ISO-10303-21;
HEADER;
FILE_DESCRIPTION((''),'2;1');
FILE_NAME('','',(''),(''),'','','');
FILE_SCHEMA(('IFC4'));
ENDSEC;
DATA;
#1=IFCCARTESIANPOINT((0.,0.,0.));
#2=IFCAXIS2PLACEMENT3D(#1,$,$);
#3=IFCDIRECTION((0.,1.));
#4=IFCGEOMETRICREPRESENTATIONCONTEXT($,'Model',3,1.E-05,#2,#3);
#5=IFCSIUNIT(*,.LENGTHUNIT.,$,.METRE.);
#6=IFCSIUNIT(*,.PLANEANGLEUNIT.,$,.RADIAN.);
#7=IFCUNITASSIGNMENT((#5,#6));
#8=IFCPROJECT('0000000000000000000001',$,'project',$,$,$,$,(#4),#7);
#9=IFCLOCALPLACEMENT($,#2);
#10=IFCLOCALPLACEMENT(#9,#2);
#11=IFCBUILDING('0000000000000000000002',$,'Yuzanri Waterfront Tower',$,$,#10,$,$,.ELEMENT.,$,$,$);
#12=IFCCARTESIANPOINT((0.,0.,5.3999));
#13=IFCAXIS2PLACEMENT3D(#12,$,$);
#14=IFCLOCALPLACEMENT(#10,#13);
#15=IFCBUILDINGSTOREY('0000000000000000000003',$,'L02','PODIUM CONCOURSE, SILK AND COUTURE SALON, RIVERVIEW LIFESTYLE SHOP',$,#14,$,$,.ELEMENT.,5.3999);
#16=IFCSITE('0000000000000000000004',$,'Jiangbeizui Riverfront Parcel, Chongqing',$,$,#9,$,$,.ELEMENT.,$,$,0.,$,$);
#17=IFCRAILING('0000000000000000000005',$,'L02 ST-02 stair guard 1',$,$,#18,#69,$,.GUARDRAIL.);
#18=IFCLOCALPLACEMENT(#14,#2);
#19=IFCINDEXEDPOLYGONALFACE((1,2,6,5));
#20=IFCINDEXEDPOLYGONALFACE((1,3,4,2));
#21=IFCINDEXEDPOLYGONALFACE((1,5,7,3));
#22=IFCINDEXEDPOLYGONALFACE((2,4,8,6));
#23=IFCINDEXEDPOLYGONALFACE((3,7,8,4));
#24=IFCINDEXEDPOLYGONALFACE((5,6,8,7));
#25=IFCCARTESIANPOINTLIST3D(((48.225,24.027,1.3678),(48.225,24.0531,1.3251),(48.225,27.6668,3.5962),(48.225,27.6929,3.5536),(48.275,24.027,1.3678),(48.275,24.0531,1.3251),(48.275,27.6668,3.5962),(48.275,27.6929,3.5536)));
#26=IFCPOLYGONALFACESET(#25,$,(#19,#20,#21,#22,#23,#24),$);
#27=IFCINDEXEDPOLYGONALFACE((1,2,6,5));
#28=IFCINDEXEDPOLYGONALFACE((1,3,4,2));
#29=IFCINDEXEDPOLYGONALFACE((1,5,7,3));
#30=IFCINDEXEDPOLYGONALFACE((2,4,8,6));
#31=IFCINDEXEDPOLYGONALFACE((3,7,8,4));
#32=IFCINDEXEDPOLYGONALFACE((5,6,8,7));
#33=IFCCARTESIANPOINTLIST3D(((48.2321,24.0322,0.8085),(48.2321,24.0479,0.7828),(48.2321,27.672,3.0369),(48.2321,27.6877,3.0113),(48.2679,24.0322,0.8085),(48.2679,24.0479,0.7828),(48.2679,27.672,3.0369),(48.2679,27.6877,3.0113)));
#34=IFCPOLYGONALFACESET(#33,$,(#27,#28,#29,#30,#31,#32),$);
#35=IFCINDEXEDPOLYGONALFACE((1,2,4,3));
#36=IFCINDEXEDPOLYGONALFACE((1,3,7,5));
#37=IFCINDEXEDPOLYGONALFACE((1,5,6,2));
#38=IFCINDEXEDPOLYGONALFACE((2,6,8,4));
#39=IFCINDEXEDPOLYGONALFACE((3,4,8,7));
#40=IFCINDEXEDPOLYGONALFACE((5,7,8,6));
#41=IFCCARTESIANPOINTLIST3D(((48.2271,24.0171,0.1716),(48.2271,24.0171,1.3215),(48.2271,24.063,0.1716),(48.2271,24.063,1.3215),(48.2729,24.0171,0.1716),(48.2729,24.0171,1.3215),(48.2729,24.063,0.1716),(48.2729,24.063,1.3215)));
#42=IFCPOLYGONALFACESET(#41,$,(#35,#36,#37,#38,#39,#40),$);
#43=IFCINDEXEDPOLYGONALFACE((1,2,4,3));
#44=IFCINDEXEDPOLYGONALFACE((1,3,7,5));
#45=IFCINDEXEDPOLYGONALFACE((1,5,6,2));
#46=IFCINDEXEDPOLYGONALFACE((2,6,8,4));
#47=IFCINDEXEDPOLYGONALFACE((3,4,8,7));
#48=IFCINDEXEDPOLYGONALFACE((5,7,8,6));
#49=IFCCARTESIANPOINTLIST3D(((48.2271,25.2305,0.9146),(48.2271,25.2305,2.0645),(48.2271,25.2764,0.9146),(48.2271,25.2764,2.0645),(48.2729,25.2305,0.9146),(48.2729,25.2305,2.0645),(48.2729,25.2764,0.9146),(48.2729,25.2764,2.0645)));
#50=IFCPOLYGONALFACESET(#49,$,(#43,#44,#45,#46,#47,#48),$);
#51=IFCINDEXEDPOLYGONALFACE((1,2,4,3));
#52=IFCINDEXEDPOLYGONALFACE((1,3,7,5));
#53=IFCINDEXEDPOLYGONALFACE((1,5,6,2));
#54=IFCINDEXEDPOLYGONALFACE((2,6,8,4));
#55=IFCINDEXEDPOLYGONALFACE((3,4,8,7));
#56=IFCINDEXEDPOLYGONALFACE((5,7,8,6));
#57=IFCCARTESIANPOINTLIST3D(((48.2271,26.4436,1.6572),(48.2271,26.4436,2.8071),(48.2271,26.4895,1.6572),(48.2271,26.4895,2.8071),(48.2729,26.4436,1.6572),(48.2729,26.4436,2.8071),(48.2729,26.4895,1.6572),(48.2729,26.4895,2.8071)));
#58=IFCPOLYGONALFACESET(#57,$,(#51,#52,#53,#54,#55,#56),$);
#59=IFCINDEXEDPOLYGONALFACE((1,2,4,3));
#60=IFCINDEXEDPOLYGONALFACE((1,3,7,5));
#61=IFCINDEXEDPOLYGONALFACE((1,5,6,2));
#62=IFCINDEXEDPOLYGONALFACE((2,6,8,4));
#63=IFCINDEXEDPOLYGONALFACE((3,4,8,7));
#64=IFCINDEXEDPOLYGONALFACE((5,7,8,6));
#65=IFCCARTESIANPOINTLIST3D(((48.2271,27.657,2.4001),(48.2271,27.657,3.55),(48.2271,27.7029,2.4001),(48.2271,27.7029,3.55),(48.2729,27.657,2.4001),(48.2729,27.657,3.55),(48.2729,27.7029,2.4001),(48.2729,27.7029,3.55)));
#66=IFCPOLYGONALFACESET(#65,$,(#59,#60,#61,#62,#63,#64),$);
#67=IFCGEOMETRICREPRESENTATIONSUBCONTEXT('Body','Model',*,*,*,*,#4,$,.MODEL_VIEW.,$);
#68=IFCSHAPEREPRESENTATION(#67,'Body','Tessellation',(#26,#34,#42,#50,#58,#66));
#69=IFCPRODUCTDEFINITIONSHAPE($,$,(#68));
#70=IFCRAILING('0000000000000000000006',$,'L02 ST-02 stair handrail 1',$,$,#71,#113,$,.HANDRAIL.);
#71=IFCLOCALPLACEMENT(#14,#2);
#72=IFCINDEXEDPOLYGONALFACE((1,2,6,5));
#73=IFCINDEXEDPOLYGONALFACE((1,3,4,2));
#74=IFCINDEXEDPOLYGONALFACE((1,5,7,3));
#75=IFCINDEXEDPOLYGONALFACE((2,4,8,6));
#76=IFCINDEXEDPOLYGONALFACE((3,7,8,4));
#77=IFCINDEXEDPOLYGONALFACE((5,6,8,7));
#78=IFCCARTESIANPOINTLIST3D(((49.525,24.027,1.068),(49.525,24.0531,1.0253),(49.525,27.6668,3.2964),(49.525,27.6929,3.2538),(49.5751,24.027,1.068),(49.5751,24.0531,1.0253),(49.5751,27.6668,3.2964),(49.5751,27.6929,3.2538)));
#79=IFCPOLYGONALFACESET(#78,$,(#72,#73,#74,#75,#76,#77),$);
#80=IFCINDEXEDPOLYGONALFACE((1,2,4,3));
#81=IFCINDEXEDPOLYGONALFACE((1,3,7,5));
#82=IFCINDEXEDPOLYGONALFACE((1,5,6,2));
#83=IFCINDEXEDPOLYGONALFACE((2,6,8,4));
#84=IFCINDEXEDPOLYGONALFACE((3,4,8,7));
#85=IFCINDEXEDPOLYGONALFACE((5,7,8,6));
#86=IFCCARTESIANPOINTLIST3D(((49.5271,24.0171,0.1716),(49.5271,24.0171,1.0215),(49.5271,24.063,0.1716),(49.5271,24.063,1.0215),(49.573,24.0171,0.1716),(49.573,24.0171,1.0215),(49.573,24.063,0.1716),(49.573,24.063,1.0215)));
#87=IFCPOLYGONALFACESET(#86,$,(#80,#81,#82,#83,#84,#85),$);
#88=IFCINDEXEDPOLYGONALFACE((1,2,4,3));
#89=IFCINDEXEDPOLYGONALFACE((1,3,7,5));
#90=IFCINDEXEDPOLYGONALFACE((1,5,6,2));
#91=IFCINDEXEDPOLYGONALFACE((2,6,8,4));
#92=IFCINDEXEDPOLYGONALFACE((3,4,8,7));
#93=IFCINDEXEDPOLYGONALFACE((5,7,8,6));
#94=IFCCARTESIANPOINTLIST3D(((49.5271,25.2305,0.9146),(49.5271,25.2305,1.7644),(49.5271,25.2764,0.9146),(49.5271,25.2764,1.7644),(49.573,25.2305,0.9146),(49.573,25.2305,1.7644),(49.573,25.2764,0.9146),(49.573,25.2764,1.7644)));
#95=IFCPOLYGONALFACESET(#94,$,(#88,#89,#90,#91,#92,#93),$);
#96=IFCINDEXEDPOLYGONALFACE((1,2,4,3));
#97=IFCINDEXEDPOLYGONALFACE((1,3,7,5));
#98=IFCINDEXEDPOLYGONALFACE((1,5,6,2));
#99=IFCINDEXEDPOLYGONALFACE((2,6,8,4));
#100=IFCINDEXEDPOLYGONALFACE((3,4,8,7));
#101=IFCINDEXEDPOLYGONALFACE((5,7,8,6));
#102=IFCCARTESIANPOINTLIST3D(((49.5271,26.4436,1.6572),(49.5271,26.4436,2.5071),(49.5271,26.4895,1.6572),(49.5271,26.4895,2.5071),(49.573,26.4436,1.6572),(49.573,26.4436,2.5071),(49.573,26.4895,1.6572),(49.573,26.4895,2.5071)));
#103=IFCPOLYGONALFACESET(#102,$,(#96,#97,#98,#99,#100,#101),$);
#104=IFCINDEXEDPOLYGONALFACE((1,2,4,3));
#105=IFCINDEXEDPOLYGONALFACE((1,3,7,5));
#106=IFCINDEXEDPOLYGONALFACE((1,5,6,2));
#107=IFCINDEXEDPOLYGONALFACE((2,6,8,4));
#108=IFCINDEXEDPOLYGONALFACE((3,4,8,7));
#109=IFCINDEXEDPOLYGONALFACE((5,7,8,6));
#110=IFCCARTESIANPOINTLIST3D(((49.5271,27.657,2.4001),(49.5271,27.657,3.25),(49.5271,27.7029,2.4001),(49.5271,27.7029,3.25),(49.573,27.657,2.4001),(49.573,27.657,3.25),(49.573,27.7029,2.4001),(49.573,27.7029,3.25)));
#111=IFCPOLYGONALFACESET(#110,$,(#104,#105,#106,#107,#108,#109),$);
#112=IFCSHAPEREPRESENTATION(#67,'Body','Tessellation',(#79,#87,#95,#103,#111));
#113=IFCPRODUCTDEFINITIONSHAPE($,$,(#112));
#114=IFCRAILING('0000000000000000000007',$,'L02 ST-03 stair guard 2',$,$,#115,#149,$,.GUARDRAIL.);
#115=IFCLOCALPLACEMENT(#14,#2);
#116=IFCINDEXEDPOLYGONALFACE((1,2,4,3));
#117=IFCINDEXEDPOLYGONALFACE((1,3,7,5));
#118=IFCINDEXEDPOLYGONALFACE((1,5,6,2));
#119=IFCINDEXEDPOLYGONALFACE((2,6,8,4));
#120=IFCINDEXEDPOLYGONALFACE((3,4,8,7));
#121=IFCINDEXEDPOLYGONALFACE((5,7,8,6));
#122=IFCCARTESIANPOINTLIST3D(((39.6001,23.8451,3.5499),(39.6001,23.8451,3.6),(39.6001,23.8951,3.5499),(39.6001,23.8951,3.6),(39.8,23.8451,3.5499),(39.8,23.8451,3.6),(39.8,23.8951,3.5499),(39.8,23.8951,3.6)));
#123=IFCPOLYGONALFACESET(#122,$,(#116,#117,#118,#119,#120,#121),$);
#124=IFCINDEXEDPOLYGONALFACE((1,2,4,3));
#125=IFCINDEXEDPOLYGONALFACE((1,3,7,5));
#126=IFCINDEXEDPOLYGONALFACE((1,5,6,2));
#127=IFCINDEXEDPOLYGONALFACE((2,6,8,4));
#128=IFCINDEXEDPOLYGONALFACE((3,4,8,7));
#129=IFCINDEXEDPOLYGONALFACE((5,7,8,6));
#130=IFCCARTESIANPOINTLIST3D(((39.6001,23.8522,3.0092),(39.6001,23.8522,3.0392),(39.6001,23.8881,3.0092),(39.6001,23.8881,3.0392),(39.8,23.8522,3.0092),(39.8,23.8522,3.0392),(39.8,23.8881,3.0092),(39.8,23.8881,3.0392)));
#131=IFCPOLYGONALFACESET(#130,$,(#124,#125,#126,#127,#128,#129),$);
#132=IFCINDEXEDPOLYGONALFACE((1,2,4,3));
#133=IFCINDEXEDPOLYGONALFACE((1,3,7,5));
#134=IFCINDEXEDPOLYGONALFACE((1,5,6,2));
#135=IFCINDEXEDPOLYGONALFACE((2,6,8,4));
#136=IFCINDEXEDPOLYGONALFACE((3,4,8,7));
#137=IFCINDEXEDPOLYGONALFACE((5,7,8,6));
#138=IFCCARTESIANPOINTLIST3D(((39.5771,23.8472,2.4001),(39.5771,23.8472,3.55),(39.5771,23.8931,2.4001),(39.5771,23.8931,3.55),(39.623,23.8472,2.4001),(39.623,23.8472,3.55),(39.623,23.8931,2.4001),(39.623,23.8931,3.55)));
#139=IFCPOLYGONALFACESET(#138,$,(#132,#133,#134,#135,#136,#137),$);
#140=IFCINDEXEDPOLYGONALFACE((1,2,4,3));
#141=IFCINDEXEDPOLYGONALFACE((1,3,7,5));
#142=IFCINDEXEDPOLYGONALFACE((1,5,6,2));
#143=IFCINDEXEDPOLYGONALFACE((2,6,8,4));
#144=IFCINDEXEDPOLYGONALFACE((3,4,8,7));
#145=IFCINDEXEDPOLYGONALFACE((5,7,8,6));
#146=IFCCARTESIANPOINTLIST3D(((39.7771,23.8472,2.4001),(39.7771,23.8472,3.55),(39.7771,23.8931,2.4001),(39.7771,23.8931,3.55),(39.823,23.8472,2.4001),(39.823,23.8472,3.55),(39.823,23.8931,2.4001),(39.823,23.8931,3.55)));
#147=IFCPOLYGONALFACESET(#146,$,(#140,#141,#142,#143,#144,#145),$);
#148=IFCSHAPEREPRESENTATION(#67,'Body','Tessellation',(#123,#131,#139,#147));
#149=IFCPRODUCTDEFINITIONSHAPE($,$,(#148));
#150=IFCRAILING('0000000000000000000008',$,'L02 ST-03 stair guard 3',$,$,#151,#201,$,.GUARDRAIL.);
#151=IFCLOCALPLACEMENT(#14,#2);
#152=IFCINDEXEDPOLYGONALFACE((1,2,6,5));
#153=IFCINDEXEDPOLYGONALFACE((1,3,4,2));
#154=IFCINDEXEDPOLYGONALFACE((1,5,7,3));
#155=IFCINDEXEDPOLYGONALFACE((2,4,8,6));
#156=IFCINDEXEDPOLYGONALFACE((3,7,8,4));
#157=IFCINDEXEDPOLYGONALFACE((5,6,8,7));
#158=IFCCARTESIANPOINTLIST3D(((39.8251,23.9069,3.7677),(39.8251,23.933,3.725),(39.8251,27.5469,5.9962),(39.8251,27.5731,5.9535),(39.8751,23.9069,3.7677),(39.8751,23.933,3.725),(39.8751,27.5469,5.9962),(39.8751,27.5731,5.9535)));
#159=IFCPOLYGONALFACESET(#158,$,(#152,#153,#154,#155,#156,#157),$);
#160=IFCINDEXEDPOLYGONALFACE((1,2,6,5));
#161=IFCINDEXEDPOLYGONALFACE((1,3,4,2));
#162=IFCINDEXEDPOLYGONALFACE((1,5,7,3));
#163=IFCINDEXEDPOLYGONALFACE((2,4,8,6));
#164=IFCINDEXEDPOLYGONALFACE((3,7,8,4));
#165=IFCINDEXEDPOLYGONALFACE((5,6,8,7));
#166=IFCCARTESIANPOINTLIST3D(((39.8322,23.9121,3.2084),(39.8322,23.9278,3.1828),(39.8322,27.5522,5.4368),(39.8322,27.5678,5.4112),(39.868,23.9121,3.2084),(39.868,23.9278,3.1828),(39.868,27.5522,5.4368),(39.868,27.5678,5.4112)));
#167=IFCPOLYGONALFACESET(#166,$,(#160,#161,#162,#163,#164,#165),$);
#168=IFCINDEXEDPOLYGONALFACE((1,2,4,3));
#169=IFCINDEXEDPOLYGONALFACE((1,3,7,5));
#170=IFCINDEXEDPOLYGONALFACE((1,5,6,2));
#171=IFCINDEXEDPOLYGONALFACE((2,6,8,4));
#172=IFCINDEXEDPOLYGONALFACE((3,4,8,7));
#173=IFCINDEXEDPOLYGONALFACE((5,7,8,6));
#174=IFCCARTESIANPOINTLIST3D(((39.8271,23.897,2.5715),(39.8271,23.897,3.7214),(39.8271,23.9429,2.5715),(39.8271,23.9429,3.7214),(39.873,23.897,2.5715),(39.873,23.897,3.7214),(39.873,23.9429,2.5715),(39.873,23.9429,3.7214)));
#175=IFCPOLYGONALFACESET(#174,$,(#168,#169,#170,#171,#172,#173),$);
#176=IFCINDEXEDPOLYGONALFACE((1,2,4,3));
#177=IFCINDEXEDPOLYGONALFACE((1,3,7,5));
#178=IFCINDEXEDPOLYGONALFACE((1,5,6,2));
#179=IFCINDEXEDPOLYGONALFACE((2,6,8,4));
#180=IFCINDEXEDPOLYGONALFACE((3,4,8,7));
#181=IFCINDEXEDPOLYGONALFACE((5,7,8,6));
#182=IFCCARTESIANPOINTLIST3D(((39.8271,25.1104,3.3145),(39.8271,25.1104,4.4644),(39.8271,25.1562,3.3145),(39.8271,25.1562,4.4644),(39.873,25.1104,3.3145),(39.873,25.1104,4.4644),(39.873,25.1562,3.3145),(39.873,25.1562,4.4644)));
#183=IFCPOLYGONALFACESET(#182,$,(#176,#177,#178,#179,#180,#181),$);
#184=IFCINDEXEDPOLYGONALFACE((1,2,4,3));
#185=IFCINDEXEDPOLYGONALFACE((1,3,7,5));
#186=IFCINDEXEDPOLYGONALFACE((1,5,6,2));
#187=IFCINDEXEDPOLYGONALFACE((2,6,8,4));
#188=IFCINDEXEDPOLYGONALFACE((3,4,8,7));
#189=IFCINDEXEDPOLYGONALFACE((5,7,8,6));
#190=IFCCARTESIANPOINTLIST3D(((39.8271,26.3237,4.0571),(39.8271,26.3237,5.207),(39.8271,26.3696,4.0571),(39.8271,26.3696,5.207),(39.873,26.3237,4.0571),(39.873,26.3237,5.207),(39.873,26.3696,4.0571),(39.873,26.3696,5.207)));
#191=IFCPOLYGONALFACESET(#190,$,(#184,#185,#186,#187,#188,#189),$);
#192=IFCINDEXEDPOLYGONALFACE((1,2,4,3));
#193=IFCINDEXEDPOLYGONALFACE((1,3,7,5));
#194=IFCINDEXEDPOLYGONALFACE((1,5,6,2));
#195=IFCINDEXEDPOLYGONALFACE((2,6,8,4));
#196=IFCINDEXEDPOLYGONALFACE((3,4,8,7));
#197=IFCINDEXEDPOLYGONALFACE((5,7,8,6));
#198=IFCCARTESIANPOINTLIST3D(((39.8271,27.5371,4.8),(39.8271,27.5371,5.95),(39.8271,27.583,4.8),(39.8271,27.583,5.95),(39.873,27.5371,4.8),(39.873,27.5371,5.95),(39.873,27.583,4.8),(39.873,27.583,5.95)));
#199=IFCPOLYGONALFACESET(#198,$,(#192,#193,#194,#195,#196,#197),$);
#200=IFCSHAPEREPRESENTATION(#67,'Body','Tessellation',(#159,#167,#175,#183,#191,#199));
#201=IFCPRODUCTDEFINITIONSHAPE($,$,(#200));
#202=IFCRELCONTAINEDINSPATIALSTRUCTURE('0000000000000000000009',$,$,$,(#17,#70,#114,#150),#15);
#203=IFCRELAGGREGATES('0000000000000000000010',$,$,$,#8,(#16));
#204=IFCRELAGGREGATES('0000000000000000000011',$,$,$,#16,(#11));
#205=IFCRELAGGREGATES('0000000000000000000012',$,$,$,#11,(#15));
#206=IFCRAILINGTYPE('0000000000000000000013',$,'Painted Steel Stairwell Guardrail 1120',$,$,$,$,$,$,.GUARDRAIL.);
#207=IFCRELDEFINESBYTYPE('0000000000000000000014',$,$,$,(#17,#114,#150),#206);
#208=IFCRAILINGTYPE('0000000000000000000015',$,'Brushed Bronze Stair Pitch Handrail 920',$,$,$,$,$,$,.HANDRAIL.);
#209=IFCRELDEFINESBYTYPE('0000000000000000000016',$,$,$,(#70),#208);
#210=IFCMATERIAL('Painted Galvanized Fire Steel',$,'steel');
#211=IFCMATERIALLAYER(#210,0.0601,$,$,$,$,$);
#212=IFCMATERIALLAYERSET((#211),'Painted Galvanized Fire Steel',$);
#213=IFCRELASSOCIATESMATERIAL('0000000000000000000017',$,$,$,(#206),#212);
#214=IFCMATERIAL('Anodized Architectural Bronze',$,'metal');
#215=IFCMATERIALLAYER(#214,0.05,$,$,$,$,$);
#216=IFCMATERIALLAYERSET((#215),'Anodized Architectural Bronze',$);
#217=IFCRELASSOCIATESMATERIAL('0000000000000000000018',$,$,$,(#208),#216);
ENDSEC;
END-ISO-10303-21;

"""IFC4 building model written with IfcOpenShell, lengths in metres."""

from ifc_helpers import new_model, si_unit, direction, frame, origin, origin_2d, place, context, subcontext, project, spatial, rectangle, extrude, source, transform, mapped, material, layer, layer_set, type_object, element, save


model = new_model("IFC4")

# Units and contexts
model_context = context("Model", 3, precision=1e-05, world=origin(), true_north=direction((0.0, 1.0)))
body_context = subcontext(model_context, "Body", "Model", "MODEL_VIEW")
ifc_project = project(units=[si_unit("LENGTHUNIT", "METRE"), si_unit("PLANEANGLEUNIT", "RADIAN")], contexts=[model_context])

# Site, building, storey
site_placement = place(None, origin())
site = spatial("IfcSite", under=ifc_project, at=site_placement, Name="Jiangbeizui Riverfront Parcel, Chongqing", CompositionType="ELEMENT", RefElevation=0.0)
building_placement = place(site_placement, origin())
building = spatial("IfcBuilding", under=site, at=building_placement, Name="Yuzanri Waterfront Tower", CompositionType="ELEMENT")
storey_placement = place(building_placement, frame((0.0, 0.0, 5.3999)))
storey = spatial("IfcBuildingStorey", under=building, at=storey_placement, Name="L02", Description="PODIUM CONCOURSE, SILK AND COUTURE SALON, RIVERVIEW LIFESTYLE SHOP", CompositionType="ELEMENT", Elevation=5.3999)

# Railings
ifc_material_1 = material(Name="Painted Galvanized Fire Steel", Category="steel")
ifc_layer_1 = layer(ifc_material_1, 0.0601)
ifc_layer_set_1 = layer_set([ifc_layer_1], Name="Painted Galvanized Fire Steel")
railing_type_1 = type_object("IfcRailingType", Name="Painted Steel Stairwell Guardrail 1120", PredefinedType="GUARDRAIL", material=ifc_layer_set_1)
shared_shape_1 = source(origin(), body_context, "Body", "SweptSolid", [
    extrude(rectangle(XDim=0.05, YDim=0.05, at=origin_2d()), frame((0.0, 0.0, 1.1748), z_axis=(0.0, 0.85285, 0.522156), x_axis=(-1.0, 0.0, 0.0)), (0.0, 0.0, 1.0), 4.2678),
    extrude(rectangle(XDim=0.0359, YDim=0.03, at=origin_2d()), frame((0.0, 0.0, 0.624), z_axis=(0.0, 0.85285, 0.522156), x_axis=(-1.0, 0.0, 0.0)), (0.0, 0.0, 1.0), 4.2678),
    extrude(rectangle(XDim=0.0459, YDim=0.0459, at=origin_2d()), origin(), (0.0, 0.0, 1.0), 1.1499),
    extrude(rectangle(XDim=0.0459, YDim=0.0459, at=origin_2d()), frame((0.0, 1.2134, 0.7429)), (0.0, 0.0, 1.0), 1.1499),
    extrude(rectangle(XDim=0.0459, YDim=0.0459, at=origin_2d()), frame((0.0, 2.4265, 1.4856)), (0.0, 0.0, 1.0), 1.1499),
    extrude(rectangle(XDim=0.0459, YDim=0.0459, at=origin_2d()), frame((0.0, 3.6399, 2.2285)), (0.0, 0.0, 1.0), 1.1499),
])
railing_1_placement = place(storey_placement, frame((48.25, 24.04, 0.1716)))
element("IfcRailing", 1, at=railing_1_placement, inside=storey, type_object=railing_type_1, Name="L02 ST-02 stair guard 1", PredefinedType="GUARDRAIL", context=body_context, shape_type="MappedRepresentation", body=[
    mapped(shared_shape_1, transform((0.0, 0.0, 0.0), scale=1.0)),
])
ifc_material_2 = material(Name="Anodized Architectural Bronze", Category="metal")
ifc_layer_2 = layer(ifc_material_2, 0.05)
ifc_layer_set_2 = layer_set([ifc_layer_2], Name="Anodized Architectural Bronze")
railing_type_2 = type_object("IfcRailingType", Name="Brushed Bronze Stair Pitch Handrail 920", PredefinedType="HANDRAIL", material=ifc_layer_set_2)
shared_shape_2 = source(origin(), body_context, "Body", "SweptSolid", [
    extrude(rectangle(XDim=0.05, YDim=0.05, at=origin_2d()), frame((0.0, 0.0, 0.875), z_axis=(0.0, 0.85285, 0.522156), x_axis=(-1.0, 0.0, 0.0)), (0.0, 0.0, 1.0), 4.2678),
    extrude(rectangle(XDim=0.0459, YDim=0.0459, at=origin_2d()), origin(), (0.0, 0.0, 1.0), 0.8499),
    extrude(rectangle(XDim=0.0459, YDim=0.0459, at=origin_2d()), frame((0.0, 1.2134, 0.7429)), (0.0, 0.0, 1.0), 0.8499),
    extrude(rectangle(XDim=0.0459, YDim=0.0459, at=origin_2d()), frame((0.0, 2.4265, 1.4856)), (0.0, 0.0, 1.0), 0.8499),
    extrude(rectangle(XDim=0.0459, YDim=0.0459, at=origin_2d()), frame((0.0, 3.6399, 2.2285)), (0.0, 0.0, 1.0), 0.8499),
])
railing_2_placement = place(storey_placement, frame((49.55, 24.04, 0.1716)))
element("IfcRailing", 2, at=railing_2_placement, inside=storey, type_object=railing_type_2, Name="L02 ST-02 stair handrail 1", PredefinedType="HANDRAIL", context=body_context, shape_type="MappedRepresentation", body=[
    mapped(shared_shape_2, transform((0.0, 0.0, 0.0), scale=1.0)),
])
shared_shape_3 = source(origin(), body_context, "Body", "SweptSolid", [
    extrude(rectangle(XDim=0.05, YDim=0.05, at=origin_2d()), frame((0.0, 0.0, 1.1748), z_axis=(1.0, 0.0, 0.0), x_axis=(0.0, 1.0, 0.0)), (0.0, 0.0, 1.0), 0.2),
    extrude(rectangle(XDim=0.0359, YDim=0.03, at=origin_2d()), frame((0.0, 0.0, 0.624), z_axis=(1.0, 0.0, 0.0), x_axis=(0.0, 1.0, 0.0)), (0.0, 0.0, 1.0), 0.2),
    extrude(rectangle(XDim=0.0459, YDim=0.0459, at=origin_2d()), origin(), (0.0, 0.0, 1.0), 1.1499),
    extrude(rectangle(XDim=0.0459, YDim=0.0459, at=origin_2d()), frame((0.2, 0.0, 0.0)), (0.0, 0.0, 1.0), 1.1499),
])
railing_3_placement = place(storey_placement, frame((39.6001, 23.8701, 2.4001)))
element("IfcRailing", 3, at=railing_3_placement, inside=storey, type_object=railing_type_1, Name="L02 ST-03 stair guard 2", PredefinedType="GUARDRAIL", context=body_context, shape_type="MappedRepresentation", body=[
    mapped(shared_shape_3, transform((0.0, 0.0, 0.0), scale=1.0)),
])
shared_shape_4 = source(origin(), body_context, "Body", "SweptSolid", [
    extrude(rectangle(XDim=0.05, YDim=0.05, at=origin_2d()), frame((0.0, 0.0, 1.1748), z_axis=(0.0, 0.852866, 0.52213), x_axis=(-1.0, 0.0, 0.0)), (0.0, 0.0, 1.0), 4.2681),
    extrude(rectangle(XDim=0.0359, YDim=0.03, at=origin_2d()), frame((0.0, 0.0, 0.624), z_axis=(0.0, 0.852866, 0.52213), x_axis=(-1.0, 0.0, 0.0)), (0.0, 0.0, 1.0), 4.2681),
    extrude(rectangle(XDim=0.0459, YDim=0.0459, at=origin_2d()), origin(), (0.0, 0.0, 1.0), 1.1499),
    extrude(rectangle(XDim=0.0459, YDim=0.0459, at=origin_2d()), frame((0.0, 1.2134, 0.7429)), (0.0, 0.0, 1.0), 1.1499),
    extrude(rectangle(XDim=0.0459, YDim=0.0459, at=origin_2d()), frame((0.0, 2.4268, 1.4856)), (0.0, 0.0, 1.0), 1.1499),
    extrude(rectangle(XDim=0.0459, YDim=0.0459, at=origin_2d()), frame((0.0, 3.6401, 2.2285)), (0.0, 0.0, 1.0), 1.1499),
])
railing_4_placement = place(storey_placement, frame((39.8501, 23.9199, 2.5715)))
element("IfcRailing", 4, at=railing_4_placement, inside=storey, type_object=railing_type_1, Name="L02 ST-03 stair guard 3", PredefinedType="GUARDRAIL", context=body_context, shape_type="MappedRepresentation", body=[
    mapped(shared_shape_4, transform((0.0, 0.0, 0.0), scale=1.0)),
])

save(model, "model.ifc")
